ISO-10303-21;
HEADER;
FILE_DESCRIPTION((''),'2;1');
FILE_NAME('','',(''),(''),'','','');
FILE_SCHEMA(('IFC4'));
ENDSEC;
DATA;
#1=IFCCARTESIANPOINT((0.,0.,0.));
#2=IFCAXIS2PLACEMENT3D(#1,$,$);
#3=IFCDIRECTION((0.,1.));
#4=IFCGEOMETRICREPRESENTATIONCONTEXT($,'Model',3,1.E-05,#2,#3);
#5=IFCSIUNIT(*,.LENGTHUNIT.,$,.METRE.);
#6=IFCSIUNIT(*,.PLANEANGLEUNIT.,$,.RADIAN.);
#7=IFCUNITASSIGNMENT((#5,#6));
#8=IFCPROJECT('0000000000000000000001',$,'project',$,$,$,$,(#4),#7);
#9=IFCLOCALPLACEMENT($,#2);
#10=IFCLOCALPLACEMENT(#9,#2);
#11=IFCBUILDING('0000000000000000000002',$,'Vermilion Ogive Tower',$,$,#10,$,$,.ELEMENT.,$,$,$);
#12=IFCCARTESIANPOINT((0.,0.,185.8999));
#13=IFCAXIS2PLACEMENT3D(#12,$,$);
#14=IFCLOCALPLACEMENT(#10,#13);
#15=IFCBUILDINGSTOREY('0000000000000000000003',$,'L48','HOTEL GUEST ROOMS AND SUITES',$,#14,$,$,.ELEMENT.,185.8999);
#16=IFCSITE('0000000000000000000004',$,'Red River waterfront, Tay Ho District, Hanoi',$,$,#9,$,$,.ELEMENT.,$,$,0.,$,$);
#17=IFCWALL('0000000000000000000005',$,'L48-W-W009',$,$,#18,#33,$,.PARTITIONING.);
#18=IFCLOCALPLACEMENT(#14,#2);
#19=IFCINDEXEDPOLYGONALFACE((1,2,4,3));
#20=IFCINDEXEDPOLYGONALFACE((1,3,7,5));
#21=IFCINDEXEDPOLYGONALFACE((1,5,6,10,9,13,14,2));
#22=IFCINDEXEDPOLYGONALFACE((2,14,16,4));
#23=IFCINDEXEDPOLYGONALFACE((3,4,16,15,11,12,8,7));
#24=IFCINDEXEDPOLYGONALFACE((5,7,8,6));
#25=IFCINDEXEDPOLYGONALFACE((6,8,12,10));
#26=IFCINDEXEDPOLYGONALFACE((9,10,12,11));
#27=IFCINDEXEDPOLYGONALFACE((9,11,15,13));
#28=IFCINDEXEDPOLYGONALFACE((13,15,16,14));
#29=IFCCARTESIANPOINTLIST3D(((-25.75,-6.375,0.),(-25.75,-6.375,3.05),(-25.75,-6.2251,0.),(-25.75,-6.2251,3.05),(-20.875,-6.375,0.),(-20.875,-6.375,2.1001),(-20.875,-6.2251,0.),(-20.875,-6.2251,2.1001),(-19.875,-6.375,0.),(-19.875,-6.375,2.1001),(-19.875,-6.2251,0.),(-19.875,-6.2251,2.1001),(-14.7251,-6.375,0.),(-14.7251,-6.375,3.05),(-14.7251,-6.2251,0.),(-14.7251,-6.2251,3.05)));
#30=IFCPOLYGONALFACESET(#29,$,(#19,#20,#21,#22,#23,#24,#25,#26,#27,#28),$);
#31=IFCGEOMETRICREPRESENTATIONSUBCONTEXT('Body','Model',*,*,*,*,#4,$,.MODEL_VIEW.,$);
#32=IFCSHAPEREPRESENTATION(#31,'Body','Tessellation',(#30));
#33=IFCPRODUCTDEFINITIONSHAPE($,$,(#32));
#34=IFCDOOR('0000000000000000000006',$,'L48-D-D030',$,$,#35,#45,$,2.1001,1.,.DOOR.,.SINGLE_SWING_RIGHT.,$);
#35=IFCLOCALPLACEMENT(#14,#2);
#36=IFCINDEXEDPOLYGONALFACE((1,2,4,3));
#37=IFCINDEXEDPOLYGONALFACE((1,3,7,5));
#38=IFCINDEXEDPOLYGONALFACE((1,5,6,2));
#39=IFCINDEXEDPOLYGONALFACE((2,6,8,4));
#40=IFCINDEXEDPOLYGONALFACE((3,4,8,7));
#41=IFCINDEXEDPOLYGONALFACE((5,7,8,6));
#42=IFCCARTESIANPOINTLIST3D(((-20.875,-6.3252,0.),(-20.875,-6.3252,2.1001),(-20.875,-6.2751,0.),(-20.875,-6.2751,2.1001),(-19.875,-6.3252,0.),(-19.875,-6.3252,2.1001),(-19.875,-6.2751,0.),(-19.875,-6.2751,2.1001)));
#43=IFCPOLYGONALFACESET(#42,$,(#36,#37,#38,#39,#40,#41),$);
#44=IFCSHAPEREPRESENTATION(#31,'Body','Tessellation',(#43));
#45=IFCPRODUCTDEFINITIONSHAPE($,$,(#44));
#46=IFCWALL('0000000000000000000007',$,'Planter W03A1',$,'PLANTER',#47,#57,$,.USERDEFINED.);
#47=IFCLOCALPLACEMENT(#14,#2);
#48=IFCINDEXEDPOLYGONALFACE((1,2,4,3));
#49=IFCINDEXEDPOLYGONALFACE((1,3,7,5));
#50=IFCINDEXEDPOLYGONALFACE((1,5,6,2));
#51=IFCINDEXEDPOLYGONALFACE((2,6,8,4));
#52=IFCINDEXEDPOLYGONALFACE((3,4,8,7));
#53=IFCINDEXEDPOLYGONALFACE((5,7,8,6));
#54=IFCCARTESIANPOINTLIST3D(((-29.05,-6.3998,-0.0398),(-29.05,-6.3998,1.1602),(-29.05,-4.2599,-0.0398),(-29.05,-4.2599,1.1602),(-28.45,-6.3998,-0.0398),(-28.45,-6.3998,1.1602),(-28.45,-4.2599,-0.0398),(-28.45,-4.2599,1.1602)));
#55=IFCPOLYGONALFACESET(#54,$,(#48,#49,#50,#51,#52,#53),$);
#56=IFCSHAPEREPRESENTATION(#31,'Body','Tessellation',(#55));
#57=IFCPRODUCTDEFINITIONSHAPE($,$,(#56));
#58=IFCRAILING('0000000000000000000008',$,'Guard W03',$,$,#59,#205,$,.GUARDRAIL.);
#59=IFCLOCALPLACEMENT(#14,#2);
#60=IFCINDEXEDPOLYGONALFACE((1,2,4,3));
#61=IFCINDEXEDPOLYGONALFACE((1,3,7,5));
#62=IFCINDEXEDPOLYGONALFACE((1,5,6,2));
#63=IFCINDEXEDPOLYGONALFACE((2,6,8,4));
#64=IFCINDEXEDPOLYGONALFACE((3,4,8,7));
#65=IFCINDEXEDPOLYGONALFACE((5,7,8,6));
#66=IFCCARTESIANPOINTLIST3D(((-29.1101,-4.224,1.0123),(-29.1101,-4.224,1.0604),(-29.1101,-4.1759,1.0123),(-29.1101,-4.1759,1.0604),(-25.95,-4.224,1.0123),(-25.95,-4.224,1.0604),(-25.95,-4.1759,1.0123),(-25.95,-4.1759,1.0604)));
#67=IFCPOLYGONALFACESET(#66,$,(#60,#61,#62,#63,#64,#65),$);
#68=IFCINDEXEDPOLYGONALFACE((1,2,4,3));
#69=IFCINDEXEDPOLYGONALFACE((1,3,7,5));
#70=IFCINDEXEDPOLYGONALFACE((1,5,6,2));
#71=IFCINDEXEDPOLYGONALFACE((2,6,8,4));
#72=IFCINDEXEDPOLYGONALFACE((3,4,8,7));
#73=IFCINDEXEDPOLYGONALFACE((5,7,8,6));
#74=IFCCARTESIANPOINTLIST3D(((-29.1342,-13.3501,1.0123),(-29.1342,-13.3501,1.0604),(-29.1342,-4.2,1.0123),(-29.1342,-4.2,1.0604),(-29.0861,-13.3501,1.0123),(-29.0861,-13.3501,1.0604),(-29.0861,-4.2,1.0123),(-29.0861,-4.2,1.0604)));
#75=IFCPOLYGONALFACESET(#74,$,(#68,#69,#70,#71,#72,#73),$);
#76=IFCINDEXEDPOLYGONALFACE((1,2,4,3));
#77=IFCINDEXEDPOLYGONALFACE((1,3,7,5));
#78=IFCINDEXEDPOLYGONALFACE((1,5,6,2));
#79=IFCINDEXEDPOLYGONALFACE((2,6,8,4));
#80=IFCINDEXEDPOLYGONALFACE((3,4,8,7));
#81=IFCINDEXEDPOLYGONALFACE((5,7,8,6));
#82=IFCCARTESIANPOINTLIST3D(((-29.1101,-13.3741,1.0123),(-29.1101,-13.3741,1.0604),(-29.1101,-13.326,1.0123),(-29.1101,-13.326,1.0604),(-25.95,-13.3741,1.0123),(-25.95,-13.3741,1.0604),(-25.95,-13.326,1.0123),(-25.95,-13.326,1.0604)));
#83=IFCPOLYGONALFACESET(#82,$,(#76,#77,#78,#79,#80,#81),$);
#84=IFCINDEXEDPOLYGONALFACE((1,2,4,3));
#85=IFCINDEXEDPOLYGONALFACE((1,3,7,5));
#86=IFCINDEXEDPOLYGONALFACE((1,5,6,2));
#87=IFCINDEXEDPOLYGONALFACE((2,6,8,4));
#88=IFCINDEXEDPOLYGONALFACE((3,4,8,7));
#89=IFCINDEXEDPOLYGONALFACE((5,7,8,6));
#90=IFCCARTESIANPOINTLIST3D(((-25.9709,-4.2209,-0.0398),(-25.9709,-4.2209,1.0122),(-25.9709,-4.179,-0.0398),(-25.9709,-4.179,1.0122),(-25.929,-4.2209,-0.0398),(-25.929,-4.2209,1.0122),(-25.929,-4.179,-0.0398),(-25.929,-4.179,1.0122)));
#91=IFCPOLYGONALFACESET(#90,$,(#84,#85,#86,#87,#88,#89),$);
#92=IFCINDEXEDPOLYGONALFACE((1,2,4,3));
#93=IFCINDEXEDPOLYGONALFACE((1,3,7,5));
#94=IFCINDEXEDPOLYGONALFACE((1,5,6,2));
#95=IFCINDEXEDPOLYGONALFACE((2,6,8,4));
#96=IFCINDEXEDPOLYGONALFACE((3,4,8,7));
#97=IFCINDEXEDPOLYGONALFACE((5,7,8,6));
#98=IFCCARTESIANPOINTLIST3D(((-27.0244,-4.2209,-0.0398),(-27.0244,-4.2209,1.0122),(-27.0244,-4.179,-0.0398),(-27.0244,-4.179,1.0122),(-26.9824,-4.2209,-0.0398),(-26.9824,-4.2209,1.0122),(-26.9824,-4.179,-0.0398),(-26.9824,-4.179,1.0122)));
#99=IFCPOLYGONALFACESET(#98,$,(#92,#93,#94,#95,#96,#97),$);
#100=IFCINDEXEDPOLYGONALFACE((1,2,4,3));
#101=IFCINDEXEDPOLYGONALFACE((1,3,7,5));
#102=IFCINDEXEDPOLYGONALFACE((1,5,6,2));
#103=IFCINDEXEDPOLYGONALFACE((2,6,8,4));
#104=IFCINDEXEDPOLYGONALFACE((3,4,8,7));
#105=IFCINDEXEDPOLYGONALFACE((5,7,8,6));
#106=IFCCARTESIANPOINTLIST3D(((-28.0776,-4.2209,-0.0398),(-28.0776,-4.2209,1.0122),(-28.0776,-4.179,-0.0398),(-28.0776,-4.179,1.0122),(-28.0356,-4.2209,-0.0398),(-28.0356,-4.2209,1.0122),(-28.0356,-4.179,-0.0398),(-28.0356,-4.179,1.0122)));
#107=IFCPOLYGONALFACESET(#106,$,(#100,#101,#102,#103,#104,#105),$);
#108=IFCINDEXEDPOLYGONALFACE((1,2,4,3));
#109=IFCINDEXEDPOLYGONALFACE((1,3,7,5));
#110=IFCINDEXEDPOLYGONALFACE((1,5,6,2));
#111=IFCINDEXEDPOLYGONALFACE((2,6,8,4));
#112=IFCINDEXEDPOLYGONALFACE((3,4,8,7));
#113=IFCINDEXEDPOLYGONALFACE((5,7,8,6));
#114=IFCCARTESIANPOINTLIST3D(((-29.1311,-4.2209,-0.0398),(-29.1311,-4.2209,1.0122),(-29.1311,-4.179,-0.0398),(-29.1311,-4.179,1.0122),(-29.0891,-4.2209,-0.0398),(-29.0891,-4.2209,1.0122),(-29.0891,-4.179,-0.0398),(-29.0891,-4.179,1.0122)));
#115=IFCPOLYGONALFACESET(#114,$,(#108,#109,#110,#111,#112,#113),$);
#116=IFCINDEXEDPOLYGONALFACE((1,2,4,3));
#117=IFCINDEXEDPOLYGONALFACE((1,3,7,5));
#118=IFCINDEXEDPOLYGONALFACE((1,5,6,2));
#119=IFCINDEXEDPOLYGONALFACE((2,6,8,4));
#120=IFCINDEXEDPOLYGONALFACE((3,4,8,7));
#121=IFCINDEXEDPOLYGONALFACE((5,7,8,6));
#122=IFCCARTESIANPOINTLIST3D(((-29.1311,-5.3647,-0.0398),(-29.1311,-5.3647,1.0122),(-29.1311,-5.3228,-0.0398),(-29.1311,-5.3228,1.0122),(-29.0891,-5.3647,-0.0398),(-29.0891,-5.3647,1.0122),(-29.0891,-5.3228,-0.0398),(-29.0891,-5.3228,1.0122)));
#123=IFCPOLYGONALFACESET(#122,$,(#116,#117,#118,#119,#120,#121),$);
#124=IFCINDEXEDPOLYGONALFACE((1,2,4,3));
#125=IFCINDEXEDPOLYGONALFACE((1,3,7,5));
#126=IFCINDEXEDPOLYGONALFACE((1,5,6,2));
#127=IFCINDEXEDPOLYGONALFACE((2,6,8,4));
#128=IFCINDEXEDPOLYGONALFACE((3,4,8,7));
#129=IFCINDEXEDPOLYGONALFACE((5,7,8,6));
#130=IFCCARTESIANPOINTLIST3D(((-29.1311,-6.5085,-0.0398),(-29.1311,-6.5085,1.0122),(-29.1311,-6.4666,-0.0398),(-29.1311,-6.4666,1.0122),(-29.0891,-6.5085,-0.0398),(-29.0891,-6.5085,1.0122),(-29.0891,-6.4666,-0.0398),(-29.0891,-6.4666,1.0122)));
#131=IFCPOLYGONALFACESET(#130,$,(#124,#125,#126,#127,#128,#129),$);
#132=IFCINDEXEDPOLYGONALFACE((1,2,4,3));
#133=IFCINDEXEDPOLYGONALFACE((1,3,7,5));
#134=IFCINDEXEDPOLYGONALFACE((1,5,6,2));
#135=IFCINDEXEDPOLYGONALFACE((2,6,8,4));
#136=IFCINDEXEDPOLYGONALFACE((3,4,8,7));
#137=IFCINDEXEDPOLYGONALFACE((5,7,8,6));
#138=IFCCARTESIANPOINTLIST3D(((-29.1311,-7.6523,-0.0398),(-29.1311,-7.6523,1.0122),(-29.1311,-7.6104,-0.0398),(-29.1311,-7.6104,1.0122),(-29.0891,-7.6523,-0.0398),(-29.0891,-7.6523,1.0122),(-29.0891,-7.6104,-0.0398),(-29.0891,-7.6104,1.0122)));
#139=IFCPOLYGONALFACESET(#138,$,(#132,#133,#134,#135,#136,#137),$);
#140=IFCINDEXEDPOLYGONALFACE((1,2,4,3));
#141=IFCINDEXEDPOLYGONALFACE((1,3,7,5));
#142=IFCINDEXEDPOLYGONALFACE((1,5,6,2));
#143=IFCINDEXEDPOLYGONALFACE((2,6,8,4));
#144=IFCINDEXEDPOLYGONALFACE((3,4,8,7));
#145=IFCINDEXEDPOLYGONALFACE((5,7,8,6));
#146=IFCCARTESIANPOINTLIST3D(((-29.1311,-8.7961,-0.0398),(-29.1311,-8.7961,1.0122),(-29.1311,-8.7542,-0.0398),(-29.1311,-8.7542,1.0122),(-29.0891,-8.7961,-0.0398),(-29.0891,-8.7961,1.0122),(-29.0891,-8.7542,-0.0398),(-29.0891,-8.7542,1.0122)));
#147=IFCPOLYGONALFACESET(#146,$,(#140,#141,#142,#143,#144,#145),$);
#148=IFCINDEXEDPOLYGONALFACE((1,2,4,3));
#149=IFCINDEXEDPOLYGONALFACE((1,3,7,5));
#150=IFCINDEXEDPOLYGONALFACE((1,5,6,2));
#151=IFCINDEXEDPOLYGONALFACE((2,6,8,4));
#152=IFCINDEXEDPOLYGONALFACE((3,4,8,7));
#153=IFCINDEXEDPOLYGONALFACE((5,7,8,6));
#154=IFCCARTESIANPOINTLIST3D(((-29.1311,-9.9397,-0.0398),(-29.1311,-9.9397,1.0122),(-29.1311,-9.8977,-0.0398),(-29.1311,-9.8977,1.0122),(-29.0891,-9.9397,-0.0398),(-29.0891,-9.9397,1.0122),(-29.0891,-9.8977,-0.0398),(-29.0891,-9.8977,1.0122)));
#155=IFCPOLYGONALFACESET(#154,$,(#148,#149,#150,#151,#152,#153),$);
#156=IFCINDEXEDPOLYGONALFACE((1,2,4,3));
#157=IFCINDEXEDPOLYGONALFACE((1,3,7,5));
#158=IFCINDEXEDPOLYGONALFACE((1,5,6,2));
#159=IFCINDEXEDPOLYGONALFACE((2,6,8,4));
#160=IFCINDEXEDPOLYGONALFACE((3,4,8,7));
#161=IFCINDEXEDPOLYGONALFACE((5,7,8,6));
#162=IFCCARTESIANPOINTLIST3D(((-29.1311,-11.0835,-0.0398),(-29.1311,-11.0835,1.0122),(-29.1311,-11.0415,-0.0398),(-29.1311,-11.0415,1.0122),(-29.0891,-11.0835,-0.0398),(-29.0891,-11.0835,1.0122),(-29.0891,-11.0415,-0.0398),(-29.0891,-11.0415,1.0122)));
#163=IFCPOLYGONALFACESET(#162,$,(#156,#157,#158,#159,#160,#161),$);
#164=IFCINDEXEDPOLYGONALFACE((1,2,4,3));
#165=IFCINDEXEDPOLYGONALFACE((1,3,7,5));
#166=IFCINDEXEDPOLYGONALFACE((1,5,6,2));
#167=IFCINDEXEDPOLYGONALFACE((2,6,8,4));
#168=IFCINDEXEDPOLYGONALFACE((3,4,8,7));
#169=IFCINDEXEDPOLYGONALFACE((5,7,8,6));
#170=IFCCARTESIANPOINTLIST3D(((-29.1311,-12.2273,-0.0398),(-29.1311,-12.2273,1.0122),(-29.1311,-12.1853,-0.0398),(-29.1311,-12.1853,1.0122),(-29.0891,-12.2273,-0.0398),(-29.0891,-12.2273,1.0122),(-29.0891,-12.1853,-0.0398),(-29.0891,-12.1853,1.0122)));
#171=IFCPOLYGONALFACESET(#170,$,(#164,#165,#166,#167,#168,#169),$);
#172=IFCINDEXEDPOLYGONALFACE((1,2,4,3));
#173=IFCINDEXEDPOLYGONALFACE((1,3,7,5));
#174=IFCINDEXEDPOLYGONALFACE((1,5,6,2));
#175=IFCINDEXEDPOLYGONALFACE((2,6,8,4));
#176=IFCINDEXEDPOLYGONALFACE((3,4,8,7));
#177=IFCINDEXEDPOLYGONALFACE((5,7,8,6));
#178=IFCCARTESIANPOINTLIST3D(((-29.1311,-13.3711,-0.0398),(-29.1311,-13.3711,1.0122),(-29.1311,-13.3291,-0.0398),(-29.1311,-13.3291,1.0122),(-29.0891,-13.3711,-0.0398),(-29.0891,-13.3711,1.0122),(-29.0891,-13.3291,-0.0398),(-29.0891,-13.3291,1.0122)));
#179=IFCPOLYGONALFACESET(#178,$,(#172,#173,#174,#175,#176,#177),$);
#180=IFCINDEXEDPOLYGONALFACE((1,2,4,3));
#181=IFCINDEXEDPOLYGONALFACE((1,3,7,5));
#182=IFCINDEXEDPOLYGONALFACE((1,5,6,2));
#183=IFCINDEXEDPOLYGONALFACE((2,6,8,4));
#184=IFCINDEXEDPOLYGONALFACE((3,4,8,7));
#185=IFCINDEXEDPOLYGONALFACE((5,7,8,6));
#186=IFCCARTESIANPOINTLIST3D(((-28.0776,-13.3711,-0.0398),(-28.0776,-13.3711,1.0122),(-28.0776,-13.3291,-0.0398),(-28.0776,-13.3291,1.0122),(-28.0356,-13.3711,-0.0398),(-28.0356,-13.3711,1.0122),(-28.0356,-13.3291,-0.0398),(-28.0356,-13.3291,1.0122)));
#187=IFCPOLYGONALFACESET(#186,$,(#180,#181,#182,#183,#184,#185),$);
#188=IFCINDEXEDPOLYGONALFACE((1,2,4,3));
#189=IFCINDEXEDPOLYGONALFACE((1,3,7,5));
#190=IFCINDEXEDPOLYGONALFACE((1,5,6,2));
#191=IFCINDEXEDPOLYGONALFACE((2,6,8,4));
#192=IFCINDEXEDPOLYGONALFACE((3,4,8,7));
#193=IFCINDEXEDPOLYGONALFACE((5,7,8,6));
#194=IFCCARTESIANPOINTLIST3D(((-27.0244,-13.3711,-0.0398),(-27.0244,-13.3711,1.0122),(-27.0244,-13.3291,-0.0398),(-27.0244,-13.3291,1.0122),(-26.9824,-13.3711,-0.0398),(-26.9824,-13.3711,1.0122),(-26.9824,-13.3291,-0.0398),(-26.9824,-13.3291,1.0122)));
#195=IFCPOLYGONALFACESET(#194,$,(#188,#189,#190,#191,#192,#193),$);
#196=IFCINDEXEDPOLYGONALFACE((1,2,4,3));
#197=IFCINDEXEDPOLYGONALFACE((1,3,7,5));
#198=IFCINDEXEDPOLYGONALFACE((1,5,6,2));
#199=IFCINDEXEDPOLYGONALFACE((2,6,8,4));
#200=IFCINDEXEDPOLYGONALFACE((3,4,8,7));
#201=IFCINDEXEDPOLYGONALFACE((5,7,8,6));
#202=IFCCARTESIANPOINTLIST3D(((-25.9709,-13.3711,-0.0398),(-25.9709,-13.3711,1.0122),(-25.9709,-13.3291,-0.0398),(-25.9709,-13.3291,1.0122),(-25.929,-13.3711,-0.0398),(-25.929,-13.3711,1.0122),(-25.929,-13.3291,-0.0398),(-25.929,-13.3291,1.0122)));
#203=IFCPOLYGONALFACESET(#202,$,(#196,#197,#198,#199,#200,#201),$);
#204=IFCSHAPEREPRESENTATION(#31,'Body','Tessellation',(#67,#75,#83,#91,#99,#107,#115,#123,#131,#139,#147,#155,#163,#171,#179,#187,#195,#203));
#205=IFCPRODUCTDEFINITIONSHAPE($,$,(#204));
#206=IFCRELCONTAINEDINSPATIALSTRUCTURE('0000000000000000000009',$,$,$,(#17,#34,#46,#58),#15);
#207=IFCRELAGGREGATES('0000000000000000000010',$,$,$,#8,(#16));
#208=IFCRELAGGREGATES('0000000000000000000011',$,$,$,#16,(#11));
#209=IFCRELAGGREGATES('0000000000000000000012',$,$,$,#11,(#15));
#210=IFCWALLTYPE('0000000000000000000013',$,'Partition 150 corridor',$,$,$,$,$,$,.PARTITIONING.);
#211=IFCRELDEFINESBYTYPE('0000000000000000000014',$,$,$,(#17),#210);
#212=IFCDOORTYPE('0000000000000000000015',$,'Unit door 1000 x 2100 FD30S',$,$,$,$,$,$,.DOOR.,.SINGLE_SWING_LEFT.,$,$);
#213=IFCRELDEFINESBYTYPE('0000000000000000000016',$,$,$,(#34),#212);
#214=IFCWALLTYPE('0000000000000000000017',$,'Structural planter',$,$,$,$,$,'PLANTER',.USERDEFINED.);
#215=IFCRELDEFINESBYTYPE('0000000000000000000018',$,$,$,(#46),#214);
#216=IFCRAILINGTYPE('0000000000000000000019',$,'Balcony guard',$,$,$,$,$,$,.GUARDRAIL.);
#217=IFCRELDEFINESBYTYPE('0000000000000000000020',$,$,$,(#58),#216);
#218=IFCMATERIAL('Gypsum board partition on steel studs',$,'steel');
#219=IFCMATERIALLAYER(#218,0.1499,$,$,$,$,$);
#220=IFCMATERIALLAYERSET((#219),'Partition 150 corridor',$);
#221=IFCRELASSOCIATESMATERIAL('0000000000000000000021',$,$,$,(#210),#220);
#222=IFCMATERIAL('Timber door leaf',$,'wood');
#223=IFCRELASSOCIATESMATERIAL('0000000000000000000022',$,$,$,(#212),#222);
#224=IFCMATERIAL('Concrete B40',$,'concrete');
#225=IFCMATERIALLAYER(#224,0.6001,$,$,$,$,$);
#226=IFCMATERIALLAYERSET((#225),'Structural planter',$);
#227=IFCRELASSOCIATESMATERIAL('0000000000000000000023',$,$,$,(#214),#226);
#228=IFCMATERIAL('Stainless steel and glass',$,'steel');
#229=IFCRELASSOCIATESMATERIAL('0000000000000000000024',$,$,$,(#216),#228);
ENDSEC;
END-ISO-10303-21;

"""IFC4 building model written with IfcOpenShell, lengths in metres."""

from ifc_helpers import new_model, si_unit, direction, frame, frame_2d, origin, origin_2d, place, context, subcontext, project, spatial, rectangle, extrude, material, layer, layer_set, type_object, element, fill, save


model = new_model("IFC4")

# Units and contexts
model_context = context("Model", 3, precision=1e-05, world=origin(), true_north=direction((0.0, 1.0)))
body_context = subcontext(model_context, "Body", "Model", "MODEL_VIEW")
ifc_project = project(units=[si_unit("LENGTHUNIT", "METRE"), si_unit("PLANEANGLEUNIT", "RADIAN")], contexts=[model_context])

# Site, building, storey
site_placement = place(None, origin())
site = spatial("IfcSite", under=ifc_project, at=site_placement, Name="Red River waterfront, Tay Ho District, Hanoi", CompositionType="ELEMENT", RefElevation=0.0)
building_placement = place(site_placement, origin())
building = spatial("IfcBuilding", under=site, at=building_placement, Name="Vermilion Ogive Tower", CompositionType="ELEMENT")
storey_placement = place(building_placement, frame((0.0, 0.0, 185.8999)))
storey = spatial("IfcBuildingStorey", under=building, at=storey_placement, Name="L48", Description="HOTEL GUEST ROOMS AND SUITES", CompositionType="ELEMENT", Elevation=185.8999)

# Wall, opening, door
ifc_material_1 = material(Name="Gypsum board partition on steel studs", Category="steel")
ifc_layer_1 = layer(ifc_material_1, 0.1499)
ifc_layer_set_1 = layer_set([ifc_layer_1], Name="Partition 150 corridor")
wall_type_1 = type_object("IfcWallType", Name="Partition 150 corridor", PredefinedType="PARTITIONING", material=ifc_layer_set_1)
wall_1_placement = place(storey_placement, frame((-25.75, -6.3, 0.0), z_axis=(0.0, 0.0, 1.0), x_axis=(1.0, 0.0, 0.0)))
wall_1 = element("IfcWall", 1, at=wall_1_placement, inside=storey, type_object=wall_type_1, Name="L48-W-W009", PredefinedType="PARTITIONING", context=body_context, shape_type="SweptSolid", body=[
    extrude(rectangle(XDim=11.0249, YDim=0.1499, at=frame_2d((5.5125, 0.0))), origin(), (0.0, 0.0, 1.0), 3.05),
])
opening_1_placement = place(wall_1_placement, frame((4.875, 0.0, 0.0)))
opening_1 = element("IfcOpeningElement", 2, at=opening_1_placement, cuts=wall_1, PredefinedType="OPENING", context=body_context, shape_type="SweptSolid", body=[
    extrude(rectangle(XDim=1.0, YDim=2.1001, at=frame_2d((0.5, 1.05))), frame((0.0, 0.085, 0.0), z_axis=(0.0, -1.0, 0.0), x_axis=(1.0, 0.0, 0.0)), (0.0, 0.0, 1.0), 0.1699),
])
ifc_material_2 = material(Name="Timber door leaf", Category="wood")
door_type_1 = type_object("IfcDoorType", Name="Unit door 1000 x 2100 FD30S", OperationType="SINGLE_SWING_LEFT", PredefinedType="DOOR", material=ifc_material_2)
door_1_placement = place(opening_1_placement, origin())
door_1 = element("IfcDoor", 3, at=door_1_placement, inside=storey, type_object=door_type_1, Name="L48-D-D030", OperationType="SINGLE_SWING_RIGHT", OverallHeight=2.1001, OverallWidth=1.0, PredefinedType="DOOR", context=body_context, shape_type="SweptSolid", body=[
    extrude(rectangle(XDim=1.0, YDim=2.1001, at=frame_2d((0.5, 1.05))), frame((0.0, 0.0249, 0.0), z_axis=(0.0, -1.0, 0.0), x_axis=(1.0, 0.0, 0.0)), (0.0, 0.0, 1.0), 0.05),
])
fill(opening_1, door_1)

# Wall
ifc_material_3 = material(Name="Concrete B40", Category="concrete")
ifc_layer_2 = layer(ifc_material_3, 0.6001)
ifc_layer_set_2 = layer_set([ifc_layer_2], Name="Structural planter")
wall_type_2 = type_object("IfcWallType", Name="Structural planter", ElementType="PLANTER", PredefinedType="USERDEFINED", material=ifc_layer_set_2)
wall_2_placement = place(storey_placement, frame((-28.75, -4.26, -0.0398), z_axis=(0.0, 0.0, 1.0), x_axis=(0.0, -1.0, 0.0)))
element("IfcWall", 4, at=wall_2_placement, inside=storey, type_object=wall_type_2, Name="Planter W03A1", ObjectType="PLANTER", PredefinedType="USERDEFINED", context=body_context, shape_type="SweptSolid", body=[
    extrude(rectangle(XDim=2.1399, YDim=0.6001, at=frame_2d((1.0698, 0.0))), origin(), (0.0, 0.0, 1.0), 1.2),
])

# Railing
ifc_material_4 = material(Name="Stainless steel and glass", Category="steel")
railing_type = type_object("IfcRailingType", Name="Balcony guard", PredefinedType="GUARDRAIL", material=ifc_material_4)
railing_placement = place(storey_placement, frame((-25.95, -4.2, -0.0398)))
element("IfcRailing", 5, at=railing_placement, inside=storey, type_object=railing_type, Name="Guard W03", PredefinedType="GUARDRAIL", context=body_context, shape_type="SweptSolid", body=[
    extrude(rectangle(XDim=0.0481, YDim=0.0481, at=origin_2d()), frame((0.0, 0.0, 1.0762), z_axis=(-1.0, 0.0, 0.0), x_axis=(0.0, -1.0, 0.0)), (0.0, 0.0, 1.0), 3.1602),
    extrude(rectangle(XDim=0.0481, YDim=0.0481, at=origin_2d()), frame((-3.1602, 0.0, 1.0762), z_axis=(0.0, -1.0, 0.0), x_axis=(1.0, 0.0, 0.0)), (0.0, 0.0, 1.0), 9.1501),
    extrude(rectangle(XDim=0.0481, YDim=0.0481, at=origin_2d()), frame((-3.1602, -9.1501, 1.0762), z_axis=(1.0, 0.0, 0.0), x_axis=(0.0, 1.0, 0.0)), (0.0, 0.0, 1.0), 3.1602),
    extrude(rectangle(XDim=0.042, YDim=0.042, at=origin_2d()), origin(), (0.0, 0.0, 1.0), 1.052),
    extrude(rectangle(XDim=0.042, YDim=0.042, at=origin_2d()), frame((-1.0535, 0.0, 0.0)), (0.0, 0.0, 1.0), 1.052),
    extrude(rectangle(XDim=0.042, YDim=0.042, at=origin_2d()), frame((-2.1067, 0.0, 0.0)), (0.0, 0.0, 1.0), 1.052),
    extrude(rectangle(XDim=0.042, YDim=0.042, at=origin_2d()), frame((-3.1602, 0.0, 0.0)), (0.0, 0.0, 1.0), 1.052),
    extrude(rectangle(XDim=0.042, YDim=0.042, at=origin_2d()), frame((-3.1602, -1.1438, 0.0)), (0.0, 0.0, 1.0), 1.052),
    extrude(rectangle(XDim=0.042, YDim=0.042, at=origin_2d()), frame((-3.1602, -2.2876, 0.0)), (0.0, 0.0, 1.0), 1.052),
    extrude(rectangle(XDim=0.042, YDim=0.042, at=origin_2d()), frame((-3.1602, -3.4314, 0.0)), (0.0, 0.0, 1.0), 1.052),
    extrude(rectangle(XDim=0.042, YDim=0.042, at=origin_2d()), frame((-3.1602, -4.5752, 0.0)), (0.0, 0.0, 1.0), 1.052),
    extrude(rectangle(XDim=0.042, YDim=0.042, at=origin_2d()), frame((-3.1602, -5.7188, 0.0)), (0.0, 0.0, 1.0), 1.052),
    extrude(rectangle(XDim=0.042, YDim=0.042, at=origin_2d()), frame((-3.1602, -6.8625, 0.0)), (0.0, 0.0, 1.0), 1.052),
    extrude(rectangle(XDim=0.042, YDim=0.042, at=origin_2d()), frame((-3.1602, -8.0063, 0.0)), (0.0, 0.0, 1.0), 1.052),
    extrude(rectangle(XDim=0.042, YDim=0.042, at=origin_2d()), frame((-3.1602, -9.1501, 0.0)), (0.0, 0.0, 1.0), 1.052),
    extrude(rectangle(XDim=0.042, YDim=0.042, at=origin_2d()), frame((-2.1067, -9.1501, 0.0)), (0.0, 0.0, 1.0), 1.052),
    extrude(rectangle(XDim=0.042, YDim=0.042, at=origin_2d()), frame((-1.0535, -9.1501, 0.0)), (0.0, 0.0, 1.0), 1.052),
    extrude(rectangle(XDim=0.042, YDim=0.042, at=origin_2d()), frame((0.0, -9.1501, 0.0)), (0.0, 0.0, 1.0), 1.052),
])

save(model, "model.ifc")
